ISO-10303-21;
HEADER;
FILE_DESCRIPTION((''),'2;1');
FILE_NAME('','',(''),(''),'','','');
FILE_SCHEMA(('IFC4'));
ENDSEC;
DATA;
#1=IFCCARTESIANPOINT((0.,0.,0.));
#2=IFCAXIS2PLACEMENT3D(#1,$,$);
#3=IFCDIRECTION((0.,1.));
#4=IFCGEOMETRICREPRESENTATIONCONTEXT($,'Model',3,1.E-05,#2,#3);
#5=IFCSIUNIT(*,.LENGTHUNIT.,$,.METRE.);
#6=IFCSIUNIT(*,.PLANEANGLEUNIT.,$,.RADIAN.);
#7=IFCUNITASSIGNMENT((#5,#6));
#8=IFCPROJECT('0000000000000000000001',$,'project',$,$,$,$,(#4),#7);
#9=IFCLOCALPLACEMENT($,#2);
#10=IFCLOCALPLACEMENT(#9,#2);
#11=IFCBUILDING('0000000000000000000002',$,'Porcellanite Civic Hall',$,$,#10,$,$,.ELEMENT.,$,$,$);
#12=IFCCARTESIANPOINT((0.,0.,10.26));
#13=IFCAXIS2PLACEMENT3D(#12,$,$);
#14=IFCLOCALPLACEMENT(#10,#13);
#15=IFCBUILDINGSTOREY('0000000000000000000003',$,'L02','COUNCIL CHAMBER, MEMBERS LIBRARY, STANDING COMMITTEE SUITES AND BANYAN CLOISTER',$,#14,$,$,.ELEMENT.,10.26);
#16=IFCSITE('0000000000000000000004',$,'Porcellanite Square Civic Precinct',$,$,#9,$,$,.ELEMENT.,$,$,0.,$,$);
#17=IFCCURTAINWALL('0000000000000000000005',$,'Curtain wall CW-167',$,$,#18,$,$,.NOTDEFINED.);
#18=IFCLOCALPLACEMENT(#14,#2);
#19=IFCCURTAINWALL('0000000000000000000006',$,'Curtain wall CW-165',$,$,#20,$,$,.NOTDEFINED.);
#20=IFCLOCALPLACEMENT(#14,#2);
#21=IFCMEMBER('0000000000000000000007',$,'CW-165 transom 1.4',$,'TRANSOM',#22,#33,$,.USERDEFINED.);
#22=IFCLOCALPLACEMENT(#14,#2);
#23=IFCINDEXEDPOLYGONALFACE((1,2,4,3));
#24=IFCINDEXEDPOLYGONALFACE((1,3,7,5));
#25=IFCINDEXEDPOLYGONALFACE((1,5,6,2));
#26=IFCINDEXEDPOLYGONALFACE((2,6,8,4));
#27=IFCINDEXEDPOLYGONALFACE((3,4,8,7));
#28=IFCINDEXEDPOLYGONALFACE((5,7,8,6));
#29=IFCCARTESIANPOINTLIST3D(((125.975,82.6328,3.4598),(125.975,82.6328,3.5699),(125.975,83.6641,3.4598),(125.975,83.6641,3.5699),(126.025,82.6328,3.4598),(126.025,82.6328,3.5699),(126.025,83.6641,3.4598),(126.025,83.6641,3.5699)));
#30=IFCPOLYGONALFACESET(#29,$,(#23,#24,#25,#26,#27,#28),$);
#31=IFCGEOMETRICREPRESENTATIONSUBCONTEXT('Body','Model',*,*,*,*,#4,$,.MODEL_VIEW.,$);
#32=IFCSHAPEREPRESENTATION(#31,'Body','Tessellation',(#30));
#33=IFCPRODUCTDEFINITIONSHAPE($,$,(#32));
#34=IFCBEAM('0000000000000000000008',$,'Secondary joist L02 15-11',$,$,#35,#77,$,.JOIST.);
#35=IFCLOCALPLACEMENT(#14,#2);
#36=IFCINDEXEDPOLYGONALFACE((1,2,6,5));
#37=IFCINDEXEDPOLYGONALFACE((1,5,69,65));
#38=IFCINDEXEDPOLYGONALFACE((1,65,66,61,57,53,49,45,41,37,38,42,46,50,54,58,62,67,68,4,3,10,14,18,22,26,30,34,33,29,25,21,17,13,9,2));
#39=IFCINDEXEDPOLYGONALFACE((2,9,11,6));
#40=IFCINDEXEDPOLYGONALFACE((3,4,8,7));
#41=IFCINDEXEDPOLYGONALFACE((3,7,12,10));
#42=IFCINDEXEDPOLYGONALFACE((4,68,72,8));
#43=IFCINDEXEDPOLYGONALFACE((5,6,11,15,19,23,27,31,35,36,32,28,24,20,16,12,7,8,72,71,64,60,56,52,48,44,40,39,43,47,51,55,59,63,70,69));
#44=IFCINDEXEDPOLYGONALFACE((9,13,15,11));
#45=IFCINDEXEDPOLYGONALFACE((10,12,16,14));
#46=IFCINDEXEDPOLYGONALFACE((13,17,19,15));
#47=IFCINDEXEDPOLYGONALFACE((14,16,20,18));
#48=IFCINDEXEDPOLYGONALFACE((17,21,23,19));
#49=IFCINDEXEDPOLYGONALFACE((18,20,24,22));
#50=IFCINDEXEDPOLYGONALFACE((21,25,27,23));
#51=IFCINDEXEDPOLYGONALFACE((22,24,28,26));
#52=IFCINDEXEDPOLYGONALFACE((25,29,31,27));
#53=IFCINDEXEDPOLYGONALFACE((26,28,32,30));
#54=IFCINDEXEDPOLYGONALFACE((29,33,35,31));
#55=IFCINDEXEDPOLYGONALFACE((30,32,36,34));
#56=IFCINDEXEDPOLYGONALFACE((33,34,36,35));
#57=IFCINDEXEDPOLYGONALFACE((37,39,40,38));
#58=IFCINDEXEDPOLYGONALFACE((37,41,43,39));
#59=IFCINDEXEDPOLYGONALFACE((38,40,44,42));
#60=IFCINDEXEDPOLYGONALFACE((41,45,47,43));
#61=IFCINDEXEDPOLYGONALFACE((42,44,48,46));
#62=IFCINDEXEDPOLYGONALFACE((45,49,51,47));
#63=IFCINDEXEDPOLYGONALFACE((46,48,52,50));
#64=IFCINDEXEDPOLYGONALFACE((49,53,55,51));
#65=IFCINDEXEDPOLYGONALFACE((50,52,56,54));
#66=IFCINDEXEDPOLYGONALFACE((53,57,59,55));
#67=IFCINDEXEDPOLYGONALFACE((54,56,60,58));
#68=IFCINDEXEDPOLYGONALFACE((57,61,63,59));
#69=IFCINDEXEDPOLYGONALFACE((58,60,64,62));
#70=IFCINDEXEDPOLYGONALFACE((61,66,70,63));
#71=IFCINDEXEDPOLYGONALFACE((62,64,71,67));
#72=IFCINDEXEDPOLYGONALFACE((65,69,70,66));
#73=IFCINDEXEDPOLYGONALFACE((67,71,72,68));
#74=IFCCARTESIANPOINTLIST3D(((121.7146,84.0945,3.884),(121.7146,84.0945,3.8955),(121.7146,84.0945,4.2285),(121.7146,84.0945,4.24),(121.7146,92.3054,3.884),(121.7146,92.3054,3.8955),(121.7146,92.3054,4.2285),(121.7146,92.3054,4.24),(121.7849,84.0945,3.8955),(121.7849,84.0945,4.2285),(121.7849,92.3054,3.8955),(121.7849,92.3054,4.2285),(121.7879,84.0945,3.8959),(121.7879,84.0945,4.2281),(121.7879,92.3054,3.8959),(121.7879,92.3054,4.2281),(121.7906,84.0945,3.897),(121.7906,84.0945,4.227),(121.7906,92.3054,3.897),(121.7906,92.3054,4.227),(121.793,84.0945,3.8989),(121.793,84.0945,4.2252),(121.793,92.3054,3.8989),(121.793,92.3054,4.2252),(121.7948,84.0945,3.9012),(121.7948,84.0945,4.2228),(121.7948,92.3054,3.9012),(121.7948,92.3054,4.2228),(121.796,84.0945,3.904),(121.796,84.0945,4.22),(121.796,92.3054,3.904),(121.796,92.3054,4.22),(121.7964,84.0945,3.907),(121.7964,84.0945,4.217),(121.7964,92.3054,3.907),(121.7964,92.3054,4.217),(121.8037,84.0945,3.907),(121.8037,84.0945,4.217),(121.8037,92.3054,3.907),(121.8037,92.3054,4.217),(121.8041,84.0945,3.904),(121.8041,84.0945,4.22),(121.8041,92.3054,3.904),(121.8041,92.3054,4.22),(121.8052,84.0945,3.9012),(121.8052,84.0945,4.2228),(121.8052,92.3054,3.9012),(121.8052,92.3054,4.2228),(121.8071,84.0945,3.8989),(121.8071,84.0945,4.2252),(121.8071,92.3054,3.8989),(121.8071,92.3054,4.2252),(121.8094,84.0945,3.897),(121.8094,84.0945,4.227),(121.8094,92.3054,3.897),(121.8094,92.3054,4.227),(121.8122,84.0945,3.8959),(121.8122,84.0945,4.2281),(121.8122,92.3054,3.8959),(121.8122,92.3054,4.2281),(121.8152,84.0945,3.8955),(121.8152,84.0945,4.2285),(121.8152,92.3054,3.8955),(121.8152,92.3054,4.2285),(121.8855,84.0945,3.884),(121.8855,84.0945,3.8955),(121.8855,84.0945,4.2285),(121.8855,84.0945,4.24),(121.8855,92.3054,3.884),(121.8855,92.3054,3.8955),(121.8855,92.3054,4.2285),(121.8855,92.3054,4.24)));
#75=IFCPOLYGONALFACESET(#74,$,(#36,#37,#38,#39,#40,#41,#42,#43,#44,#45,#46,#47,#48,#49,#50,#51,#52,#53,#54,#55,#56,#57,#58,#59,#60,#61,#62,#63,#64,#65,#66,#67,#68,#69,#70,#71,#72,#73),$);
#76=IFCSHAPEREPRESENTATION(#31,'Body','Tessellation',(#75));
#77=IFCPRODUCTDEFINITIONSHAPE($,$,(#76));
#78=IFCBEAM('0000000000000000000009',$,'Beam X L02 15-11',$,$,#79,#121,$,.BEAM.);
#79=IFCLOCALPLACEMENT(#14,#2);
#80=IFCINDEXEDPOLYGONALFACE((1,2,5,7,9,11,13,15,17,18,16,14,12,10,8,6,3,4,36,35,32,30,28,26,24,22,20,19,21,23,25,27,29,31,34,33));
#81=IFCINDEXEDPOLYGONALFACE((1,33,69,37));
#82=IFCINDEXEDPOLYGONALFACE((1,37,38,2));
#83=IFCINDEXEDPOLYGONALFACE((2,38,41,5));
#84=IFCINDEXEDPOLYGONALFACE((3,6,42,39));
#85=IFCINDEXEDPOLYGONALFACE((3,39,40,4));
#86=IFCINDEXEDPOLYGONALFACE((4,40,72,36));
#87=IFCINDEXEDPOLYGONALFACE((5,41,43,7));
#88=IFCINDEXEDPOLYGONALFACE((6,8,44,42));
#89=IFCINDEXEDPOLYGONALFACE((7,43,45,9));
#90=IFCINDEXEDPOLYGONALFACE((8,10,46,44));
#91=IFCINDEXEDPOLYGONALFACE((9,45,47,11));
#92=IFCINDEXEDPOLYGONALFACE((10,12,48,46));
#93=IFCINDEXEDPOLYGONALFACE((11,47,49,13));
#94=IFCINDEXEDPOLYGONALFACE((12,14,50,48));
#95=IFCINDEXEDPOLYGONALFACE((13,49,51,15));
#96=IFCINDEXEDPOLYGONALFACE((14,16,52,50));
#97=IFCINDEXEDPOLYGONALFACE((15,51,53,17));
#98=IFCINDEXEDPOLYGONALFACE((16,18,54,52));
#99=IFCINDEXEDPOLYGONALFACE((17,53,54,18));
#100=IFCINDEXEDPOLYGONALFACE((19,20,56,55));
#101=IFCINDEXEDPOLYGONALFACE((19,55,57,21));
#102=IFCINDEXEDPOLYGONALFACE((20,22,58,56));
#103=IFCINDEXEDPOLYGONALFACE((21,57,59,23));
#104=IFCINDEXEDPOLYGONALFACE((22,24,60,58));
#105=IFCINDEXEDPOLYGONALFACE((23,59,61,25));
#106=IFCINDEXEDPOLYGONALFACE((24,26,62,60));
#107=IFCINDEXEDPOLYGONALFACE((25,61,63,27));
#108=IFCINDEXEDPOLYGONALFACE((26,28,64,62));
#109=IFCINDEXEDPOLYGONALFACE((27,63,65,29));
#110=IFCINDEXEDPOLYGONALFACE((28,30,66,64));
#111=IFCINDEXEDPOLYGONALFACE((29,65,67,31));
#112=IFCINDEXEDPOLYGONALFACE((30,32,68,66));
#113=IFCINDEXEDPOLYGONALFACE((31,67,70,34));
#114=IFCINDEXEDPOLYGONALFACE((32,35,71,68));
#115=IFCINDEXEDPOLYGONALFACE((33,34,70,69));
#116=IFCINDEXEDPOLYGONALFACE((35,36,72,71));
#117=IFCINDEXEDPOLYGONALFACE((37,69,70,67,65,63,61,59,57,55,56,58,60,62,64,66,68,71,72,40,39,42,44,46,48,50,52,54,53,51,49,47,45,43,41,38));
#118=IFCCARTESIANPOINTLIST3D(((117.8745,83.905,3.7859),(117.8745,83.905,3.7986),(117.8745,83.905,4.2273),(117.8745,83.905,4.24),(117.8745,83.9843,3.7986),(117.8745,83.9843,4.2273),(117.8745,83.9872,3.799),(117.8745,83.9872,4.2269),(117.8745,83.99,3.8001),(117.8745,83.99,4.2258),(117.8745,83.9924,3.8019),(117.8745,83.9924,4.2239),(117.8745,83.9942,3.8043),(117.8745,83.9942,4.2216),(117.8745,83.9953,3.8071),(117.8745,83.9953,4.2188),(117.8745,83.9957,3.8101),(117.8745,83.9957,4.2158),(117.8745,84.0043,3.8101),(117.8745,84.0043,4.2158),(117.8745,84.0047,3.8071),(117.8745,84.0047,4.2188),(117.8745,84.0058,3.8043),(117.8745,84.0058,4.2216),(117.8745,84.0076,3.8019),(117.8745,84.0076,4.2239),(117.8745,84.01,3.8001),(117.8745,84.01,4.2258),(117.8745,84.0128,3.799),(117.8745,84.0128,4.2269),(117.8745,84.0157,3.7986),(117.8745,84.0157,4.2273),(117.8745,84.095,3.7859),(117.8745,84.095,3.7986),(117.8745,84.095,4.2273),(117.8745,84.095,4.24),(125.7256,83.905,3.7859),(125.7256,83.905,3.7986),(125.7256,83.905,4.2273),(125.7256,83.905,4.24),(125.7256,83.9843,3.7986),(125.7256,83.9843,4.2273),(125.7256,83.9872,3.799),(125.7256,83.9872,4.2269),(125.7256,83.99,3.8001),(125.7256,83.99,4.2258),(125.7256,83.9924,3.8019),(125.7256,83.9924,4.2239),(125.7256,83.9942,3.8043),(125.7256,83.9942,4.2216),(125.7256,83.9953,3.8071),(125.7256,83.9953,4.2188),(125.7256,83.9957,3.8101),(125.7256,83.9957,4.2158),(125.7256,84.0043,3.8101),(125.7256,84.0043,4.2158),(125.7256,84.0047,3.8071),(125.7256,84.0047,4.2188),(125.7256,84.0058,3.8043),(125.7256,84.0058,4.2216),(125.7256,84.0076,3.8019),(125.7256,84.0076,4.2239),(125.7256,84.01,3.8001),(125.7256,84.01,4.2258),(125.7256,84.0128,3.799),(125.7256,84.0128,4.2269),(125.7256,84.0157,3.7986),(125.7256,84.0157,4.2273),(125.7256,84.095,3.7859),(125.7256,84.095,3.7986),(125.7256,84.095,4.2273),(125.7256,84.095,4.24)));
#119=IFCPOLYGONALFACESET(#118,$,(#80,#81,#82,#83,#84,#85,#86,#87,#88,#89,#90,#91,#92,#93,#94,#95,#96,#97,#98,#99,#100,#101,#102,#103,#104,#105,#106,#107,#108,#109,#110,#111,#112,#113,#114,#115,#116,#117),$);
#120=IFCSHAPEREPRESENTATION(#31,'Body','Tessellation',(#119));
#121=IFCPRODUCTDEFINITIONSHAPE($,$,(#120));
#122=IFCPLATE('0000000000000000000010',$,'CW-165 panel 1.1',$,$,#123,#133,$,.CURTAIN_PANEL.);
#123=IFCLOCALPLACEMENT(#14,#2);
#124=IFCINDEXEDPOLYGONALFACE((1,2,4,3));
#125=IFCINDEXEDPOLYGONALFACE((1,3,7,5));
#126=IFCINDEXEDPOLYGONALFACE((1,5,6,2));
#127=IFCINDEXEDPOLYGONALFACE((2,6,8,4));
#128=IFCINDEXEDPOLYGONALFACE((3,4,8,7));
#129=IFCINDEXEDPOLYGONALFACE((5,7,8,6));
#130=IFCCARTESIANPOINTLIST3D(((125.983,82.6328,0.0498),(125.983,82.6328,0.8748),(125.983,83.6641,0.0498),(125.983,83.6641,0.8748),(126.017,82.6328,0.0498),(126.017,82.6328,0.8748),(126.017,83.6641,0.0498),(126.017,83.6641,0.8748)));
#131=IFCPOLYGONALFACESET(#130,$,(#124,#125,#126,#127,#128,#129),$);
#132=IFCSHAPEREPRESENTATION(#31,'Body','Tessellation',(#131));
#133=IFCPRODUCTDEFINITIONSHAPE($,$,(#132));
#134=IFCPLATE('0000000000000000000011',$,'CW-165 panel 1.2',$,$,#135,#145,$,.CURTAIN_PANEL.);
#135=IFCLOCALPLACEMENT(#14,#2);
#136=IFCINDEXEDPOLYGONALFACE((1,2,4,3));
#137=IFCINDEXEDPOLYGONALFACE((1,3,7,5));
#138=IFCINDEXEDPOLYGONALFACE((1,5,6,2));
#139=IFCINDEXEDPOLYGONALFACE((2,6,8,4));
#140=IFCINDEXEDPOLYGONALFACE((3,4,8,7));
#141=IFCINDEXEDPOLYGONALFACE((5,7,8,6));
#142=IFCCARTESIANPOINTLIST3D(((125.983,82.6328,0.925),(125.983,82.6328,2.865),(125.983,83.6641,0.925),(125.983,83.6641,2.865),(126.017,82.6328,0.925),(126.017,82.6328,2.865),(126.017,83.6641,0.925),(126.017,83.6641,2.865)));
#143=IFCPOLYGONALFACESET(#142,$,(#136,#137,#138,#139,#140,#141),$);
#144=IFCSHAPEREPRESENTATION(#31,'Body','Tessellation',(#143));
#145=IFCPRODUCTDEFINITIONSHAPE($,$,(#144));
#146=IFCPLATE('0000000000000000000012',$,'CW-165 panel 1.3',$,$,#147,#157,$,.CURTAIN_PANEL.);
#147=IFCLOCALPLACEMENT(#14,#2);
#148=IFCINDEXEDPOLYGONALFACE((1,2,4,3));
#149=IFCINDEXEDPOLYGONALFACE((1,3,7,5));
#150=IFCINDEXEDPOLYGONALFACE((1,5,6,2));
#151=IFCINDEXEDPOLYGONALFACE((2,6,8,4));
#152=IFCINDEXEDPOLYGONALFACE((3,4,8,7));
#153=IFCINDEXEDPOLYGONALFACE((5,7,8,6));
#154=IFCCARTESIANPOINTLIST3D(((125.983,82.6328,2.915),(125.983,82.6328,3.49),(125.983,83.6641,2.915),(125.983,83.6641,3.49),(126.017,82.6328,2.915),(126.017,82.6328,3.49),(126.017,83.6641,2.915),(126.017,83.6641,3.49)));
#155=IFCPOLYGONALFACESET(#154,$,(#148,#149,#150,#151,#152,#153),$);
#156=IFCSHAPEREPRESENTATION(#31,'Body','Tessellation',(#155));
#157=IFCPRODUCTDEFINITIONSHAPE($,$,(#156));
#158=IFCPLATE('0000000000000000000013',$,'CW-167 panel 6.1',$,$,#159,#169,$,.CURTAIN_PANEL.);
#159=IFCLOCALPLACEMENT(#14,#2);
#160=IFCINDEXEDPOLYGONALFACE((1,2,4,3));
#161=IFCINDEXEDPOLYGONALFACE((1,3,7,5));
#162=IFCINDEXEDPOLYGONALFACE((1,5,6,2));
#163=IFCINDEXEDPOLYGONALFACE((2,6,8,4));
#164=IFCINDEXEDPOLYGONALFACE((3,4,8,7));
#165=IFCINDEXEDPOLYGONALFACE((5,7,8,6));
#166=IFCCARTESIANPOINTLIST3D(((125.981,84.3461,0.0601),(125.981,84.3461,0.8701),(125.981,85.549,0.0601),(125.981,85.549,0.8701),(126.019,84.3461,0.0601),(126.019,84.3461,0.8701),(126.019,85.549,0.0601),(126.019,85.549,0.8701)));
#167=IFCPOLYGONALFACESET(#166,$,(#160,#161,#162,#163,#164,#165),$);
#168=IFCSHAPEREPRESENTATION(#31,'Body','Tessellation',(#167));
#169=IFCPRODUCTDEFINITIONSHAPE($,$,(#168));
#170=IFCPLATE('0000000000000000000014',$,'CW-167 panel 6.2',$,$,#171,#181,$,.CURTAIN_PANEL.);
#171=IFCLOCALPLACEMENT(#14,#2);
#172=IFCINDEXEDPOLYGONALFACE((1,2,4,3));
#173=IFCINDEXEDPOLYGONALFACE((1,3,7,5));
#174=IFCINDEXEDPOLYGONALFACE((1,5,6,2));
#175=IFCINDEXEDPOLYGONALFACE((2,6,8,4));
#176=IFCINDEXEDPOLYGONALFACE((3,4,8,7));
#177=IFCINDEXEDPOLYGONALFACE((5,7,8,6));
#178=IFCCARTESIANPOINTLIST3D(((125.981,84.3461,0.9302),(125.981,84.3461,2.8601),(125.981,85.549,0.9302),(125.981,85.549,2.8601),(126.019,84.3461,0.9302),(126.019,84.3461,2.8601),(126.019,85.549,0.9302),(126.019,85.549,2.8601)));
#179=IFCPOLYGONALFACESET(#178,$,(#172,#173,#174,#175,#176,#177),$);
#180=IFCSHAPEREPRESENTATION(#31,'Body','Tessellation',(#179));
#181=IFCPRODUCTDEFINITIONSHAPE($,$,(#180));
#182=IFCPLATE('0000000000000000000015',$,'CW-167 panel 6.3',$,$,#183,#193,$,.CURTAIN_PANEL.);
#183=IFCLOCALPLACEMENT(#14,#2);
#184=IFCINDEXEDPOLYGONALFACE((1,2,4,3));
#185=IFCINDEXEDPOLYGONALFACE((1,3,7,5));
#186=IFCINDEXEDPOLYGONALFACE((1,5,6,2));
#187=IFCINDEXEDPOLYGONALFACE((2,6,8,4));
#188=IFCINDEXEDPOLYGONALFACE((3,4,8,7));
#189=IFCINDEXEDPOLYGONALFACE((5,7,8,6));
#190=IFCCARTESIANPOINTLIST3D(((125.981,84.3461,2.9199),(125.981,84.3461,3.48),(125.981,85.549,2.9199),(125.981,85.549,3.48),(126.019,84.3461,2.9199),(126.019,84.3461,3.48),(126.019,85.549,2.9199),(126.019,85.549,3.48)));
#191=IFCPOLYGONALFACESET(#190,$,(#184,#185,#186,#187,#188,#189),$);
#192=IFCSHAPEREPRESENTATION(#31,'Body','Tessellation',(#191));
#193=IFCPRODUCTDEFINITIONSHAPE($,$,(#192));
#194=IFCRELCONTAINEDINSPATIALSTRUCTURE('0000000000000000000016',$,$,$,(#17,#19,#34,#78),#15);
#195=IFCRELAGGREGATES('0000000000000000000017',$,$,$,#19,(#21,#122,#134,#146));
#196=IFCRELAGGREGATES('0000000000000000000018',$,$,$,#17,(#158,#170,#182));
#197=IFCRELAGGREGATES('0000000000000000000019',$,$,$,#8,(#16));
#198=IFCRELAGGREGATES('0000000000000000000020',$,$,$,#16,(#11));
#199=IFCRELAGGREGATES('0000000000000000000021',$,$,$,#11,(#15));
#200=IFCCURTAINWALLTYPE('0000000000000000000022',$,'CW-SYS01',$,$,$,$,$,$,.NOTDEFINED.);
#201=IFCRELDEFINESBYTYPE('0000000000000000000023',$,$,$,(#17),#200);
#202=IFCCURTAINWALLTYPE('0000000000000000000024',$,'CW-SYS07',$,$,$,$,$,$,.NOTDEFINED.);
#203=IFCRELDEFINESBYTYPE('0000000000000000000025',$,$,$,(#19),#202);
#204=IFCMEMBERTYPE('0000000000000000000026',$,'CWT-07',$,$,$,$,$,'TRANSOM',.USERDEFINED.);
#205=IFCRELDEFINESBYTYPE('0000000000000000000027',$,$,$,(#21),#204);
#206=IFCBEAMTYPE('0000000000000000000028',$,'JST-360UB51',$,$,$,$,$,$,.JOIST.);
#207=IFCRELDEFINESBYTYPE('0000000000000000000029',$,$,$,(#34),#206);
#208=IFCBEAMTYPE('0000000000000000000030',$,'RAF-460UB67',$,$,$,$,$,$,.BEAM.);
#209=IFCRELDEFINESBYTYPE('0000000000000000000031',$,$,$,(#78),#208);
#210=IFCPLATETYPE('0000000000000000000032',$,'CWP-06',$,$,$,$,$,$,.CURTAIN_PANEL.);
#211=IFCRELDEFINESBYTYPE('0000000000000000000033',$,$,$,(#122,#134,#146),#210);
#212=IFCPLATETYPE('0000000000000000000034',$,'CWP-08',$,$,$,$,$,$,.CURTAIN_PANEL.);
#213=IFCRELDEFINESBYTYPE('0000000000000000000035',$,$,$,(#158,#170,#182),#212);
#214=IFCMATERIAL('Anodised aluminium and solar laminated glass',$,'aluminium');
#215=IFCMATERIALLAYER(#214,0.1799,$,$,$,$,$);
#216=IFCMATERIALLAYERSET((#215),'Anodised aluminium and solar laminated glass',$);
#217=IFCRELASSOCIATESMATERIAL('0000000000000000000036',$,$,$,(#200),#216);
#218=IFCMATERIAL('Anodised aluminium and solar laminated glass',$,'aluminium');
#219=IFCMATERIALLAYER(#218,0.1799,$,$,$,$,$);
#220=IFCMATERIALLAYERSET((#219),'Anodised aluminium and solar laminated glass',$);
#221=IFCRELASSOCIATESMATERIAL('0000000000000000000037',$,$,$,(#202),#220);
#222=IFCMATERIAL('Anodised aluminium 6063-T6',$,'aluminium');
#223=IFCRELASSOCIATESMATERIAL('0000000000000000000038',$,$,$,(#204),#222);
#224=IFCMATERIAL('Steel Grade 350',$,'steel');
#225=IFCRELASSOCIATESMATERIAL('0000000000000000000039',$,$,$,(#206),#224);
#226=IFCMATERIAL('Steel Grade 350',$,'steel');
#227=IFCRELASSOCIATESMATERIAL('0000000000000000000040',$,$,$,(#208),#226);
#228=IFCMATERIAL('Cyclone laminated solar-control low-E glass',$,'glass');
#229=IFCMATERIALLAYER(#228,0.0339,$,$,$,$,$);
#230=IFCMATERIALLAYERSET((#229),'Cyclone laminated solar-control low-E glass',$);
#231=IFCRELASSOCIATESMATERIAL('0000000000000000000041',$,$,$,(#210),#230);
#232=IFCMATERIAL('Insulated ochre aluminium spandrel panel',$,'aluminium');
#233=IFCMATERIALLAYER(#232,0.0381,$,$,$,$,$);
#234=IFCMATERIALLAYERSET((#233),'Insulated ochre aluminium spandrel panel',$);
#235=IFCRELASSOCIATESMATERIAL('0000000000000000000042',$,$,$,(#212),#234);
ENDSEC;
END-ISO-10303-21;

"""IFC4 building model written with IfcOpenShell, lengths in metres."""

from ifc_helpers import new_model, si_unit, direction, frame, origin, origin_2d, place, context, subcontext, project, spatial, rectangle, i_section, extrude, material, layer, layer_set, material_profile, profile_set, type_object, element, aggregate, save


model = new_model("IFC4")

# Units and contexts
model_context = context("Model", 3, precision=1e-05, world=origin(), true_north=direction((0.0, 1.0)))
body_context = subcontext(model_context, "Body", "Model", "MODEL_VIEW")
ifc_project = project(units=[si_unit("LENGTHUNIT", "METRE"), si_unit("PLANEANGLEUNIT", "RADIAN")], contexts=[model_context])

# Site, building, storey
site_placement = place(None, origin())
site = spatial("IfcSite", under=ifc_project, at=site_placement, Name="Porcellanite Square Civic Precinct", CompositionType="ELEMENT", RefElevation=0.0)
building_placement = place(site_placement, origin())
building = spatial("IfcBuilding", under=site, at=building_placement, Name="Porcellanite Civic Hall", CompositionType="ELEMENT")
storey_placement = place(building_placement, frame((0.0, 0.0, 10.26)))
storey = spatial("IfcBuildingStorey", under=building, at=storey_placement, Name="L02", Description="COUNCIL CHAMBER, MEMBERS LIBRARY, STANDING COMMITTEE SUITES AND BANYAN CLOISTER", CompositionType="ELEMENT", Elevation=10.26)

# Curtain walls
ifc_material_1 = material(Name="Anodised aluminium and solar laminated glass", Category="aluminium")
ifc_layer_1 = layer(ifc_material_1, 0.1799)
ifc_layer_set_1 = layer_set([ifc_layer_1], Name="Anodised aluminium and solar laminated glass")
curtain_wall_type_1 = type_object("IfcCurtainWallType", Name="CW-SYS01", PredefinedType="NOTDEFINED", material=ifc_layer_set_1)
curtain_wall_1_placement = place(storey_placement, origin())
curtain_wall_1 = element("IfcCurtainWall", 1, at=curtain_wall_1_placement, inside=storey, type_object=curtain_wall_type_1, Name="Curtain wall CW-167", PredefinedType="NOTDEFINED")
ifc_material_2 = material(Name="Anodised aluminium and solar laminated glass", Category="aluminium")
ifc_layer_2 = layer(ifc_material_2, 0.1799)
ifc_layer_set_2 = layer_set([ifc_layer_2], Name="Anodised aluminium and solar laminated glass")
curtain_wall_type_2 = type_object("IfcCurtainWallType", Name="CW-SYS07", PredefinedType="NOTDEFINED", material=ifc_layer_set_2)
curtain_wall_2_placement = place(storey_placement, origin())
curtain_wall_2 = element("IfcCurtainWall", 2, at=curtain_wall_2_placement, inside=storey, type_object=curtain_wall_type_2, Name="Curtain wall CW-165", PredefinedType="NOTDEFINED")

# Member
ifc_material_3 = material(Name="Anodised aluminium 6063-T6", Category="aluminium")
ifc_material_profile_1 = material_profile(ifc_material_3, rectangle(XDim=0.05, YDim=0.1101, at=origin_2d()), Name="AL-50x110")
ifc_profile_set_1 = profile_set([ifc_material_profile_1], Name="Anodised aluminium 6063-T6")
member_type_1 = type_object("IfcMemberType", Name="CWT-07", ElementType="TRANSOM", PredefinedType="USERDEFINED", material=ifc_profile_set_1)
member_1_placement = place(storey_placement, frame((126.0, 83.6641, 3.5149), z_axis=(0.0, -1.0, 0.0), x_axis=(1.0, 0.0, 0.0)))
member_1 = element("IfcMember", 3, at=member_1_placement, type_object=member_type_1, Name="CW-165 transom 1.4", ObjectType="TRANSOM", PredefinedType="USERDEFINED", context=body_context, shape_type="SweptSolid", body=[
    extrude(rectangle(XDim=0.05, YDim=0.1101, at=origin_2d()), origin(), (0.0, 0.0, 1.0), 1.0312),
])

# Beams
ifc_material_4 = material(Name="Steel Grade 350", Category="steel")
ifc_material_profile_2 = material_profile(ifc_material_4, i_section(OverallWidth=0.1709, OverallDepth=0.356, WebThickness=0.0073, FlangeThickness=0.0115, FilletRadius=0.0115, at=origin_2d()), Name="360UB50.7")
ifc_profile_set_2 = profile_set([ifc_material_profile_2], Name="Steel Grade 350")
beam_type_1 = type_object("IfcBeamType", Name="JST-360UB51", PredefinedType="JOIST", material=ifc_profile_set_2)
beam_1_placement = place(storey_placement, frame((121.8, 84.0945, 4.062), z_axis=(0.0, 1.0, 0.0), x_axis=(-1.0, 0.0, 0.0)))
element("IfcBeam", 4, at=beam_1_placement, inside=storey, type_object=beam_type_1, Name="Secondary joist L02 15-11", PredefinedType="JOIST", context=body_context, shape_type="SweptSolid", body=[
    extrude(i_section(OverallWidth=0.1709, OverallDepth=0.356, WebThickness=0.0073, FlangeThickness=0.0115, FilletRadius=0.0115, at=origin_2d()), origin(), (0.0, 0.0, 1.0), 8.2109),
])
ifc_material_5 = material(Name="Steel Grade 350", Category="steel")
ifc_material_profile_3 = material_profile(ifc_material_5, i_section(OverallWidth=0.1899, OverallDepth=0.4541, WebThickness=0.0085, FlangeThickness=0.0127, FilletRadius=0.0115, at=origin_2d()), Name="460UB67.1")
ifc_profile_set_3 = profile_set([ifc_material_profile_3], Name="Steel Grade 350")
beam_type_2 = type_object("IfcBeamType", Name="RAF-460UB67", PredefinedType="BEAM", material=ifc_profile_set_3)
beam_2_placement = place(storey_placement, frame((117.8745, 84.0, 4.0129), z_axis=(1.0, 0.0, 0.0), x_axis=(0.0, 1.0, 0.0)))
element("IfcBeam", 5, at=beam_2_placement, inside=storey, type_object=beam_type_2, Name="Beam X L02 15-11", PredefinedType="BEAM", context=body_context, shape_type="SweptSolid", body=[
    extrude(i_section(OverallWidth=0.1899, OverallDepth=0.4541, WebThickness=0.0085, FlangeThickness=0.0127, FilletRadius=0.0115, at=origin_2d()), origin(), (0.0, 0.0, 1.0), 7.8511),
])

# Plates
ifc_material_6 = material(Name="Cyclone laminated solar-control low-E glass", Category="glass")
ifc_layer_3 = layer(ifc_material_6, 0.0339)
ifc_layer_set_3 = layer_set([ifc_layer_3], Name="Cyclone laminated solar-control low-E glass")
plate_type_1 = type_object("IfcPlateType", Name="CWP-06", PredefinedType="CURTAIN_PANEL", material=ifc_layer_set_3)
plate_1_placement = place(storey_placement, frame((126.0, 83.1484, 0.0498), z_axis=(0.0, 0.0, 1.0), x_axis=(0.0, -1.0, 0.0)))
plate_1 = element("IfcPlate", 6, at=plate_1_placement, type_object=plate_type_1, Name="CW-165 panel 1.1", PredefinedType="CURTAIN_PANEL", context=body_context, shape_type="SweptSolid", body=[
    extrude(rectangle(XDim=1.0312, YDim=0.0339, at=origin_2d()), origin(), (0.0, 0.0, 1.0), 0.825),
])
plate_2_placement = place(storey_placement, frame((126.0, 83.1484, 0.925), z_axis=(0.0, 0.0, 1.0), x_axis=(0.0, -1.0, 0.0)))
plate_2 = element("IfcPlate", 7, at=plate_2_placement, type_object=plate_type_1, Name="CW-165 panel 1.2", PredefinedType="CURTAIN_PANEL", context=body_context, shape_type="SweptSolid", body=[
    extrude(rectangle(XDim=1.0312, YDim=0.0339, at=origin_2d()), origin(), (0.0, 0.0, 1.0), 1.9399),
])
plate_3_placement = place(storey_placement, frame((126.0, 83.1484, 2.915), z_axis=(0.0, 0.0, 1.0), x_axis=(0.0, -1.0, 0.0)))
plate_3 = element("IfcPlate", 8, at=plate_3_placement, type_object=plate_type_1, Name="CW-165 panel 1.3", PredefinedType="CURTAIN_PANEL", context=body_context, shape_type="SweptSolid", body=[
    extrude(rectangle(XDim=1.0312, YDim=0.0339, at=origin_2d()), origin(), (0.0, 0.0, 1.0), 0.575),
])
aggregate(curtain_wall_2, [member_1, plate_1, plate_2, plate_3])
ifc_material_7 = material(Name="Insulated ochre aluminium spandrel panel", Category="aluminium")
ifc_layer_4 = layer(ifc_material_7, 0.0381)
ifc_layer_set_4 = layer_set([ifc_layer_4], Name="Insulated ochre aluminium spandrel panel")
plate_type_2 = type_object("IfcPlateType", Name="CWP-08", PredefinedType="CURTAIN_PANEL", material=ifc_layer_set_4)
plate_4_placement = place(storey_placement, frame((126.0, 84.9475, 0.0601), z_axis=(0.0, 0.0, 1.0), x_axis=(0.0, -1.0, 0.0)))
plate_4 = element("IfcPlate", 9, at=plate_4_placement, type_object=plate_type_2, Name="CW-167 panel 6.1", PredefinedType="CURTAIN_PANEL", context=body_context, shape_type="SweptSolid", body=[
    extrude(rectangle(XDim=1.2029, YDim=0.0381, at=origin_2d()), origin(), (0.0, 0.0, 1.0), 0.8101),
])
plate_5_placement = place(storey_placement, frame((126.0, 84.9475, 0.9302), z_axis=(0.0, 0.0, 1.0), x_axis=(0.0, -1.0, 0.0)))
plate_5 = element("IfcPlate", 10, at=plate_5_placement, type_object=plate_type_2, Name="CW-167 panel 6.2", PredefinedType="CURTAIN_PANEL", context=body_context, shape_type="SweptSolid", body=[
    extrude(rectangle(XDim=1.2029, YDim=0.0381, at=origin_2d()), origin(), (0.0, 0.0, 1.0), 1.9299),
])
plate_6_placement = place(storey_placement, frame((126.0, 84.9475, 2.9199), z_axis=(0.0, 0.0, 1.0), x_axis=(0.0, -1.0, 0.0)))
plate_6 = element("IfcPlate", 11, at=plate_6_placement, type_object=plate_type_2, Name="CW-167 panel 6.3", PredefinedType="CURTAIN_PANEL", context=body_context, shape_type="SweptSolid", body=[
    extrude(rectangle(XDim=1.2029, YDim=0.0381, at=origin_2d()), origin(), (0.0, 0.0, 1.0), 0.5601),
])
aggregate(curtain_wall_1, [plate_4, plate_5, plate_6])

save(model, "model.ifc")
